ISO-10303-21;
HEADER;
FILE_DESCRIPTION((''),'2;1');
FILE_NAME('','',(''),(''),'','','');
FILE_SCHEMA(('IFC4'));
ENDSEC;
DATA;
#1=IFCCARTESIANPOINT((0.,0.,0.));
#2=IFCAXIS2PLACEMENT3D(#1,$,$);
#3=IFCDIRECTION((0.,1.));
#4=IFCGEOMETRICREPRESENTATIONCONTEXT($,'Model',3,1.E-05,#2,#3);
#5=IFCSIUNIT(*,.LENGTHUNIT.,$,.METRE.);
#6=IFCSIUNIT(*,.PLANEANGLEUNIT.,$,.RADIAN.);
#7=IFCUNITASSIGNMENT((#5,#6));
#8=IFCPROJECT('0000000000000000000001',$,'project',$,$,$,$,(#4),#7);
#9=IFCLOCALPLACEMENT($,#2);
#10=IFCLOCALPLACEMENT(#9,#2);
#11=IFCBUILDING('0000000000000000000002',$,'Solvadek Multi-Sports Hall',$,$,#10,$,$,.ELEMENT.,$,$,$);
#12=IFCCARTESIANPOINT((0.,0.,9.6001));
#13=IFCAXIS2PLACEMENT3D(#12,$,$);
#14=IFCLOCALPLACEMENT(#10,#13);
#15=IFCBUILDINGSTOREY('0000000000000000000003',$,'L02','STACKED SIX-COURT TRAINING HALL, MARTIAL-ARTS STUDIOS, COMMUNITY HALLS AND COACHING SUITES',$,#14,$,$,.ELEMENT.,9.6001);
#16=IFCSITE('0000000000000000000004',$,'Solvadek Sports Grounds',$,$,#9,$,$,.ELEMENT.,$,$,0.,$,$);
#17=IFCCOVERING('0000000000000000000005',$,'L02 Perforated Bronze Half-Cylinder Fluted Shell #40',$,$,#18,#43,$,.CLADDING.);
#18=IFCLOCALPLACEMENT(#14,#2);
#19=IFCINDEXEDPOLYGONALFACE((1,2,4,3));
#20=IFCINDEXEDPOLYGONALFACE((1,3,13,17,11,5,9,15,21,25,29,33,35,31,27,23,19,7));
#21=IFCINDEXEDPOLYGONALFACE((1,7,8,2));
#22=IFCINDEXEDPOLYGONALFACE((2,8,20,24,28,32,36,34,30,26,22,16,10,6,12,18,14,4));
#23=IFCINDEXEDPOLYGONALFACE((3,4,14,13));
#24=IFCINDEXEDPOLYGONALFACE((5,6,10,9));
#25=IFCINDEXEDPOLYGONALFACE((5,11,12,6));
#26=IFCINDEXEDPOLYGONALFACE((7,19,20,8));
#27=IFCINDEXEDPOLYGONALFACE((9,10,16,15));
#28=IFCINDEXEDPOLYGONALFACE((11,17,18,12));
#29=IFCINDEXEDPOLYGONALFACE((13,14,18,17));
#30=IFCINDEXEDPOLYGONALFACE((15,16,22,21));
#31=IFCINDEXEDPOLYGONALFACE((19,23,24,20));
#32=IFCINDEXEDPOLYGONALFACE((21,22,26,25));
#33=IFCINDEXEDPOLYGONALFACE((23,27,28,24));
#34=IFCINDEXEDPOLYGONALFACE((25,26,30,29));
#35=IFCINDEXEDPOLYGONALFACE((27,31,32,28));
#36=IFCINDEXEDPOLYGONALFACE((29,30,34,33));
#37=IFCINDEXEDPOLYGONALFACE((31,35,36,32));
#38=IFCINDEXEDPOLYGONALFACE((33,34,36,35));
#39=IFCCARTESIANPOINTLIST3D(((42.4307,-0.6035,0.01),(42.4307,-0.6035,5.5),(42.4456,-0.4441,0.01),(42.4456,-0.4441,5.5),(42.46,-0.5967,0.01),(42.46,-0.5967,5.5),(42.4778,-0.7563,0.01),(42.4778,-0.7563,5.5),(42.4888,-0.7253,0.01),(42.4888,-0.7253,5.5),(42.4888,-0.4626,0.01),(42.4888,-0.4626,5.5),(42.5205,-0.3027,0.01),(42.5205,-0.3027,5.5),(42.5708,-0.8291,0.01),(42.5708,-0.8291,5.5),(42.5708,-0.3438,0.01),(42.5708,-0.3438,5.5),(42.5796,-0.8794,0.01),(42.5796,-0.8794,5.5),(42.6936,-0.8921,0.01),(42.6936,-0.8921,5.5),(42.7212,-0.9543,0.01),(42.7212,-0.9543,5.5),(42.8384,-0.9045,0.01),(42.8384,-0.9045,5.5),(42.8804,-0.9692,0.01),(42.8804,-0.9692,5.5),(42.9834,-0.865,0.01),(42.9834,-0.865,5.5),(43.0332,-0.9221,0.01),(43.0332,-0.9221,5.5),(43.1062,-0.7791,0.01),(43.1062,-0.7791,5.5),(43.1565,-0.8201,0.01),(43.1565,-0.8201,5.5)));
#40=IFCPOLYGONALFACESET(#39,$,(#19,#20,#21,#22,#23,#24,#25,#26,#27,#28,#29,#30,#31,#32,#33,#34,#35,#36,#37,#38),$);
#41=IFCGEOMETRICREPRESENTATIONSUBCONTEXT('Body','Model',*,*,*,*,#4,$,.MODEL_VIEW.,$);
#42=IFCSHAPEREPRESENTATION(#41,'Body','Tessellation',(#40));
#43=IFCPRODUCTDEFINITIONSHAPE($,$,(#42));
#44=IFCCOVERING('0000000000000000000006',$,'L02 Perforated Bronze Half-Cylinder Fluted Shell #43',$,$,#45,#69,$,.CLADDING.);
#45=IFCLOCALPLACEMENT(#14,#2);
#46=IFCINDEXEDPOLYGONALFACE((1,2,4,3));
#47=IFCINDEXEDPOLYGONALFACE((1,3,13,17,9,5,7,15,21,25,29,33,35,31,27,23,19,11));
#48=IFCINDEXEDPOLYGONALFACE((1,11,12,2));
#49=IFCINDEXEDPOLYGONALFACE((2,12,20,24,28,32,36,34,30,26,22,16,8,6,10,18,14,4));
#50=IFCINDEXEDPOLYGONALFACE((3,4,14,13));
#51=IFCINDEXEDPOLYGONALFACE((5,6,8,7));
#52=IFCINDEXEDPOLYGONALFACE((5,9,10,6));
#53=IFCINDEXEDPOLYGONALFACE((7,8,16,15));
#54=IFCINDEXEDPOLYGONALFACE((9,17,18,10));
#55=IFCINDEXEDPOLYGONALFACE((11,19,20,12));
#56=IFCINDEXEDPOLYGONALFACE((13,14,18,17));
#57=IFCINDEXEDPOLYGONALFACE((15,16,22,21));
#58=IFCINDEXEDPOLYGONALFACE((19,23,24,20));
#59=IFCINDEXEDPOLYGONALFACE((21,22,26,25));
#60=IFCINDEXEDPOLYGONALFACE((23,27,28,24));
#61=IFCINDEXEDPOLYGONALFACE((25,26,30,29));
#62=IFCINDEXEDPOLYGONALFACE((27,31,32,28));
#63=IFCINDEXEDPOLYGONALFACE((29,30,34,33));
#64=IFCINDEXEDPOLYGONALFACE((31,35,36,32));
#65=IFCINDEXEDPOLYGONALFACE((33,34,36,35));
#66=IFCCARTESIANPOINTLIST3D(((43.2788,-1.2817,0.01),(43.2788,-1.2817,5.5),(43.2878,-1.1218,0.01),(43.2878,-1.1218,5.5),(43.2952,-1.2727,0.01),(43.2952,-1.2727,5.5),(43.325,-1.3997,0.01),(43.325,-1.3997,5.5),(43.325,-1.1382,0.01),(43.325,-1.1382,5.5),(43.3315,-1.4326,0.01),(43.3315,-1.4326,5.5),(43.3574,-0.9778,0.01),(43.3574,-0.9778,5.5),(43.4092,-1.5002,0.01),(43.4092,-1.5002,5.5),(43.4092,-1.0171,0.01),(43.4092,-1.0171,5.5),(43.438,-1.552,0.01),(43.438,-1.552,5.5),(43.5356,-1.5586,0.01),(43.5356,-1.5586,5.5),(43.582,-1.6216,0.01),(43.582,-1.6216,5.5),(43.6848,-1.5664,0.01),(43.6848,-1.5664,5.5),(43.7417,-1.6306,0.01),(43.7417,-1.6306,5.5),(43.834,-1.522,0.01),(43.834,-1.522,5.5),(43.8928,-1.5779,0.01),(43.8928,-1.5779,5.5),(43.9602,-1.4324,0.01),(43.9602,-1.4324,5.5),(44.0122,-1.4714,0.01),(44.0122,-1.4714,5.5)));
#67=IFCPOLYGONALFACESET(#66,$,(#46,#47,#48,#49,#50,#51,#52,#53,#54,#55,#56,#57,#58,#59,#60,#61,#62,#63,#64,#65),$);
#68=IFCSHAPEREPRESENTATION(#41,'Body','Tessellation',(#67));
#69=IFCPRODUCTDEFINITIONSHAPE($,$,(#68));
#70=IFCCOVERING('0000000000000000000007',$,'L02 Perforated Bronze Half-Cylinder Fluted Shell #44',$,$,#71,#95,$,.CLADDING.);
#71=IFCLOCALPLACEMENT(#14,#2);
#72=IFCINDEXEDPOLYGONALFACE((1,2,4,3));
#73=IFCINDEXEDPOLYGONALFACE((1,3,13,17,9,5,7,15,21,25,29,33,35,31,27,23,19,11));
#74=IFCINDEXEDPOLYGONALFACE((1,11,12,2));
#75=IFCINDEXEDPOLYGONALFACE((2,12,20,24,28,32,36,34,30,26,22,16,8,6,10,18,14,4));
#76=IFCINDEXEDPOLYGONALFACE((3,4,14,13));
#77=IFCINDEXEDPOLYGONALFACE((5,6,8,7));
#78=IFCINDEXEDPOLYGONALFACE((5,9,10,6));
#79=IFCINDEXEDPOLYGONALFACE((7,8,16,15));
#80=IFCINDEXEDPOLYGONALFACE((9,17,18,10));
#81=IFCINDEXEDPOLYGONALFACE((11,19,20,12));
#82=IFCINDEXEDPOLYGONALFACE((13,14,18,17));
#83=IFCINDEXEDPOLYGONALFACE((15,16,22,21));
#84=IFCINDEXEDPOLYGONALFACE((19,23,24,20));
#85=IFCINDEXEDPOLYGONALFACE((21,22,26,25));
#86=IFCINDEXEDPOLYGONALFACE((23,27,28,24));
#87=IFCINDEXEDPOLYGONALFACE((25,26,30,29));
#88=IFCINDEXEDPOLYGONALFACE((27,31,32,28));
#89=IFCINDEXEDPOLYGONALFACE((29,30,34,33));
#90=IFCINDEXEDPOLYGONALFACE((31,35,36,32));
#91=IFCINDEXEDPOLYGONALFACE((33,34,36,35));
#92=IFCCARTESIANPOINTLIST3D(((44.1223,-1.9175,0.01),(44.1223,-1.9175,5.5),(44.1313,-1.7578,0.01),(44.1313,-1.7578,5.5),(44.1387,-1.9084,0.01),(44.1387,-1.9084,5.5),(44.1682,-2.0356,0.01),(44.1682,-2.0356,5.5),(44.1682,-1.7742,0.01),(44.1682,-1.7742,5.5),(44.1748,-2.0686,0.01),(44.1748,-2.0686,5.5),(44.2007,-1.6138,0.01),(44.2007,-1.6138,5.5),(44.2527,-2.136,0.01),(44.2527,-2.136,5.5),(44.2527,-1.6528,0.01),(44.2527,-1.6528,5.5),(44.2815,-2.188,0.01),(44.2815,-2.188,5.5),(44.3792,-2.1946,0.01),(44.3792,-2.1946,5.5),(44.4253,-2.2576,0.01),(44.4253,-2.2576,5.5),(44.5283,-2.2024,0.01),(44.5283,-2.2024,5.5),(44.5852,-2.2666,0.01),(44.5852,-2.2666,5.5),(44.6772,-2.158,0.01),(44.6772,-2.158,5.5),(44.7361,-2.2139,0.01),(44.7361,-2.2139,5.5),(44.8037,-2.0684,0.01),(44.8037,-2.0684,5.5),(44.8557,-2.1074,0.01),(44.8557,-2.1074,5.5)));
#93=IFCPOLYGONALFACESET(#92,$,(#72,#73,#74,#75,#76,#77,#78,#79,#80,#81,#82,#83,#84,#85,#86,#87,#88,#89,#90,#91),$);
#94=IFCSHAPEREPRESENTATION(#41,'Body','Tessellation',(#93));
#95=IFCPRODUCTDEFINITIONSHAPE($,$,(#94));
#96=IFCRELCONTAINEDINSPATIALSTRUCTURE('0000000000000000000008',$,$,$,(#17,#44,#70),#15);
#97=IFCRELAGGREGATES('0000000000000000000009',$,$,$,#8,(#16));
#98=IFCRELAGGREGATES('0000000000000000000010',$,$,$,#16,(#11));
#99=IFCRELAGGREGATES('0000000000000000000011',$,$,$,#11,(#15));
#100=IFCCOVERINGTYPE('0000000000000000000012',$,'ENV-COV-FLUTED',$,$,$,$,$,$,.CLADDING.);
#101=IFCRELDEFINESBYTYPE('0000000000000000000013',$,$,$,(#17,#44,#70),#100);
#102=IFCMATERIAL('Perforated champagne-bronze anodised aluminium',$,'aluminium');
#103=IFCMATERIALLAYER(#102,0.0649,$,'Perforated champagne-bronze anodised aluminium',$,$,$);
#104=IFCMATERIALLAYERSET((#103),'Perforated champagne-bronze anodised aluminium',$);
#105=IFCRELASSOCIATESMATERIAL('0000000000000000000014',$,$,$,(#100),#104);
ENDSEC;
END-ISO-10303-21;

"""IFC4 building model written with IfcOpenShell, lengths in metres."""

from ifc_helpers import new_model, si_unit, direction, frame, origin, place, context, subcontext, project, spatial, polyline, outline, extrude, material, layer, layer_set, type_object, element, save


model = new_model("IFC4")

# Units and contexts
model_context = context("Model", 3, precision=1e-05, world=origin(), true_north=direction((0.0, 1.0)))
body_context = subcontext(model_context, "Body", "Model", "MODEL_VIEW")
ifc_project = project(units=[si_unit("LENGTHUNIT", "METRE"), si_unit("PLANEANGLEUNIT", "RADIAN")], contexts=[model_context])

# Site, building, storey
site_placement = place(None, origin())
site = spatial("IfcSite", under=ifc_project, at=site_placement, Name="Solvadek Sports Grounds", CompositionType="ELEMENT", RefElevation=0.0)
building_placement = place(site_placement, origin())
building = spatial("IfcBuilding", under=site, at=building_placement, Name="Solvadek Multi-Sports Hall", CompositionType="ELEMENT")
storey_placement = place(building_placement, frame((0.0, 0.0, 9.6001)))
storey = spatial("IfcBuildingStorey", under=building, at=storey_placement, Name="L02", Description="STACKED SIX-COURT TRAINING HALL, MARTIAL-ARTS STUDIOS, COMMUNITY HALLS AND COACHING SUITES", CompositionType="ELEMENT", Elevation=9.6001)

# Coverings
ifc_material = material(Name="Perforated champagne-bronze anodised aluminium", Category="aluminium")
ifc_layer = layer(ifc_material, 0.0649, Name="Perforated champagne-bronze anodised aluminium")
ifc_layer_set = layer_set([ifc_layer], Name="Perforated champagne-bronze anodised aluminium")
covering_type = type_object("IfcCoveringType", Name="ENV-COV-FLUTED", PredefinedType="CLADDING", material=ifc_layer_set)
covering_1_placement = place(storey_placement, frame((0.0, 0.0, 0.01)))
element("IfcCovering", 1, at=covering_1_placement, inside=storey, type_object=covering_type, Name="L02 Perforated Bronze Half-Cylinder Fluted Shell #40", PredefinedType="CLADDING", context=body_context, shape_type="SweptSolid", body=[
    extrude(outline(polyline([(43.1565, -0.8201), (43.0332, -0.9221), (42.8804, -0.9692), (42.7212, -0.9543), (42.5796, -0.8794), (42.4778, -0.7563), (42.4307, -0.6035), (42.4456, -0.4441), (42.5205, -0.3027), (42.5708, -0.3438), (42.4888, -0.4626), (42.46, -0.5967), (42.4888, -0.7253), (42.5708, -0.8291), (42.6936, -0.8921), (42.8384, -0.9045), (42.9834, -0.865), (43.1062, -0.7791), (43.1565, -0.8201)])), origin(), (0.0, 0.0, 1.0), 5.49),
])
covering_2_placement = place(storey_placement, frame((0.0, 0.0, 0.01)))
element("IfcCovering", 2, at=covering_2_placement, inside=storey, type_object=covering_type, Name="L02 Perforated Bronze Half-Cylinder Fluted Shell #43", PredefinedType="CLADDING", context=body_context, shape_type="SweptSolid", body=[
    extrude(outline(polyline([(44.0122, -1.4714), (43.8928, -1.5779), (43.7417, -1.6306), (43.582, -1.6216), (43.438, -1.552), (43.3315, -1.4326), (43.2788, -1.2817), (43.2878, -1.1218), (43.3574, -0.9778), (43.4092, -1.0171), (43.325, -1.1382), (43.2952, -1.2727), (43.325, -1.3997), (43.4092, -1.5002), (43.5356, -1.5586), (43.6848, -1.5664), (43.834, -1.522), (43.9602, -1.4324), (44.0122, -1.4714)])), origin(), (0.0, 0.0, 1.0), 5.49),
])
covering_3_placement = place(storey_placement, frame((0.0, 0.0, 0.01)))
element("IfcCovering", 3, at=covering_3_placement, inside=storey, type_object=covering_type, Name="L02 Perforated Bronze Half-Cylinder Fluted Shell #44", PredefinedType="CLADDING", context=body_context, shape_type="SweptSolid", body=[
    extrude(outline(polyline([(44.8557, -2.1074), (44.7361, -2.2139), (44.5852, -2.2666), (44.4253, -2.2576), (44.2815, -2.188), (44.1748, -2.0686), (44.1223, -1.9175), (44.1313, -1.7578), (44.2007, -1.6138), (44.2527, -1.6528), (44.1682, -1.7742), (44.1387, -1.9084), (44.1682, -2.0356), (44.2527, -2.136), (44.3792, -2.1946), (44.5283, -2.2024), (44.6772, -2.158), (44.8037, -2.0684), (44.8557, -2.1074)])), origin(), (0.0, 0.0, 1.0), 5.49),
])

save(model, "model.ifc")
